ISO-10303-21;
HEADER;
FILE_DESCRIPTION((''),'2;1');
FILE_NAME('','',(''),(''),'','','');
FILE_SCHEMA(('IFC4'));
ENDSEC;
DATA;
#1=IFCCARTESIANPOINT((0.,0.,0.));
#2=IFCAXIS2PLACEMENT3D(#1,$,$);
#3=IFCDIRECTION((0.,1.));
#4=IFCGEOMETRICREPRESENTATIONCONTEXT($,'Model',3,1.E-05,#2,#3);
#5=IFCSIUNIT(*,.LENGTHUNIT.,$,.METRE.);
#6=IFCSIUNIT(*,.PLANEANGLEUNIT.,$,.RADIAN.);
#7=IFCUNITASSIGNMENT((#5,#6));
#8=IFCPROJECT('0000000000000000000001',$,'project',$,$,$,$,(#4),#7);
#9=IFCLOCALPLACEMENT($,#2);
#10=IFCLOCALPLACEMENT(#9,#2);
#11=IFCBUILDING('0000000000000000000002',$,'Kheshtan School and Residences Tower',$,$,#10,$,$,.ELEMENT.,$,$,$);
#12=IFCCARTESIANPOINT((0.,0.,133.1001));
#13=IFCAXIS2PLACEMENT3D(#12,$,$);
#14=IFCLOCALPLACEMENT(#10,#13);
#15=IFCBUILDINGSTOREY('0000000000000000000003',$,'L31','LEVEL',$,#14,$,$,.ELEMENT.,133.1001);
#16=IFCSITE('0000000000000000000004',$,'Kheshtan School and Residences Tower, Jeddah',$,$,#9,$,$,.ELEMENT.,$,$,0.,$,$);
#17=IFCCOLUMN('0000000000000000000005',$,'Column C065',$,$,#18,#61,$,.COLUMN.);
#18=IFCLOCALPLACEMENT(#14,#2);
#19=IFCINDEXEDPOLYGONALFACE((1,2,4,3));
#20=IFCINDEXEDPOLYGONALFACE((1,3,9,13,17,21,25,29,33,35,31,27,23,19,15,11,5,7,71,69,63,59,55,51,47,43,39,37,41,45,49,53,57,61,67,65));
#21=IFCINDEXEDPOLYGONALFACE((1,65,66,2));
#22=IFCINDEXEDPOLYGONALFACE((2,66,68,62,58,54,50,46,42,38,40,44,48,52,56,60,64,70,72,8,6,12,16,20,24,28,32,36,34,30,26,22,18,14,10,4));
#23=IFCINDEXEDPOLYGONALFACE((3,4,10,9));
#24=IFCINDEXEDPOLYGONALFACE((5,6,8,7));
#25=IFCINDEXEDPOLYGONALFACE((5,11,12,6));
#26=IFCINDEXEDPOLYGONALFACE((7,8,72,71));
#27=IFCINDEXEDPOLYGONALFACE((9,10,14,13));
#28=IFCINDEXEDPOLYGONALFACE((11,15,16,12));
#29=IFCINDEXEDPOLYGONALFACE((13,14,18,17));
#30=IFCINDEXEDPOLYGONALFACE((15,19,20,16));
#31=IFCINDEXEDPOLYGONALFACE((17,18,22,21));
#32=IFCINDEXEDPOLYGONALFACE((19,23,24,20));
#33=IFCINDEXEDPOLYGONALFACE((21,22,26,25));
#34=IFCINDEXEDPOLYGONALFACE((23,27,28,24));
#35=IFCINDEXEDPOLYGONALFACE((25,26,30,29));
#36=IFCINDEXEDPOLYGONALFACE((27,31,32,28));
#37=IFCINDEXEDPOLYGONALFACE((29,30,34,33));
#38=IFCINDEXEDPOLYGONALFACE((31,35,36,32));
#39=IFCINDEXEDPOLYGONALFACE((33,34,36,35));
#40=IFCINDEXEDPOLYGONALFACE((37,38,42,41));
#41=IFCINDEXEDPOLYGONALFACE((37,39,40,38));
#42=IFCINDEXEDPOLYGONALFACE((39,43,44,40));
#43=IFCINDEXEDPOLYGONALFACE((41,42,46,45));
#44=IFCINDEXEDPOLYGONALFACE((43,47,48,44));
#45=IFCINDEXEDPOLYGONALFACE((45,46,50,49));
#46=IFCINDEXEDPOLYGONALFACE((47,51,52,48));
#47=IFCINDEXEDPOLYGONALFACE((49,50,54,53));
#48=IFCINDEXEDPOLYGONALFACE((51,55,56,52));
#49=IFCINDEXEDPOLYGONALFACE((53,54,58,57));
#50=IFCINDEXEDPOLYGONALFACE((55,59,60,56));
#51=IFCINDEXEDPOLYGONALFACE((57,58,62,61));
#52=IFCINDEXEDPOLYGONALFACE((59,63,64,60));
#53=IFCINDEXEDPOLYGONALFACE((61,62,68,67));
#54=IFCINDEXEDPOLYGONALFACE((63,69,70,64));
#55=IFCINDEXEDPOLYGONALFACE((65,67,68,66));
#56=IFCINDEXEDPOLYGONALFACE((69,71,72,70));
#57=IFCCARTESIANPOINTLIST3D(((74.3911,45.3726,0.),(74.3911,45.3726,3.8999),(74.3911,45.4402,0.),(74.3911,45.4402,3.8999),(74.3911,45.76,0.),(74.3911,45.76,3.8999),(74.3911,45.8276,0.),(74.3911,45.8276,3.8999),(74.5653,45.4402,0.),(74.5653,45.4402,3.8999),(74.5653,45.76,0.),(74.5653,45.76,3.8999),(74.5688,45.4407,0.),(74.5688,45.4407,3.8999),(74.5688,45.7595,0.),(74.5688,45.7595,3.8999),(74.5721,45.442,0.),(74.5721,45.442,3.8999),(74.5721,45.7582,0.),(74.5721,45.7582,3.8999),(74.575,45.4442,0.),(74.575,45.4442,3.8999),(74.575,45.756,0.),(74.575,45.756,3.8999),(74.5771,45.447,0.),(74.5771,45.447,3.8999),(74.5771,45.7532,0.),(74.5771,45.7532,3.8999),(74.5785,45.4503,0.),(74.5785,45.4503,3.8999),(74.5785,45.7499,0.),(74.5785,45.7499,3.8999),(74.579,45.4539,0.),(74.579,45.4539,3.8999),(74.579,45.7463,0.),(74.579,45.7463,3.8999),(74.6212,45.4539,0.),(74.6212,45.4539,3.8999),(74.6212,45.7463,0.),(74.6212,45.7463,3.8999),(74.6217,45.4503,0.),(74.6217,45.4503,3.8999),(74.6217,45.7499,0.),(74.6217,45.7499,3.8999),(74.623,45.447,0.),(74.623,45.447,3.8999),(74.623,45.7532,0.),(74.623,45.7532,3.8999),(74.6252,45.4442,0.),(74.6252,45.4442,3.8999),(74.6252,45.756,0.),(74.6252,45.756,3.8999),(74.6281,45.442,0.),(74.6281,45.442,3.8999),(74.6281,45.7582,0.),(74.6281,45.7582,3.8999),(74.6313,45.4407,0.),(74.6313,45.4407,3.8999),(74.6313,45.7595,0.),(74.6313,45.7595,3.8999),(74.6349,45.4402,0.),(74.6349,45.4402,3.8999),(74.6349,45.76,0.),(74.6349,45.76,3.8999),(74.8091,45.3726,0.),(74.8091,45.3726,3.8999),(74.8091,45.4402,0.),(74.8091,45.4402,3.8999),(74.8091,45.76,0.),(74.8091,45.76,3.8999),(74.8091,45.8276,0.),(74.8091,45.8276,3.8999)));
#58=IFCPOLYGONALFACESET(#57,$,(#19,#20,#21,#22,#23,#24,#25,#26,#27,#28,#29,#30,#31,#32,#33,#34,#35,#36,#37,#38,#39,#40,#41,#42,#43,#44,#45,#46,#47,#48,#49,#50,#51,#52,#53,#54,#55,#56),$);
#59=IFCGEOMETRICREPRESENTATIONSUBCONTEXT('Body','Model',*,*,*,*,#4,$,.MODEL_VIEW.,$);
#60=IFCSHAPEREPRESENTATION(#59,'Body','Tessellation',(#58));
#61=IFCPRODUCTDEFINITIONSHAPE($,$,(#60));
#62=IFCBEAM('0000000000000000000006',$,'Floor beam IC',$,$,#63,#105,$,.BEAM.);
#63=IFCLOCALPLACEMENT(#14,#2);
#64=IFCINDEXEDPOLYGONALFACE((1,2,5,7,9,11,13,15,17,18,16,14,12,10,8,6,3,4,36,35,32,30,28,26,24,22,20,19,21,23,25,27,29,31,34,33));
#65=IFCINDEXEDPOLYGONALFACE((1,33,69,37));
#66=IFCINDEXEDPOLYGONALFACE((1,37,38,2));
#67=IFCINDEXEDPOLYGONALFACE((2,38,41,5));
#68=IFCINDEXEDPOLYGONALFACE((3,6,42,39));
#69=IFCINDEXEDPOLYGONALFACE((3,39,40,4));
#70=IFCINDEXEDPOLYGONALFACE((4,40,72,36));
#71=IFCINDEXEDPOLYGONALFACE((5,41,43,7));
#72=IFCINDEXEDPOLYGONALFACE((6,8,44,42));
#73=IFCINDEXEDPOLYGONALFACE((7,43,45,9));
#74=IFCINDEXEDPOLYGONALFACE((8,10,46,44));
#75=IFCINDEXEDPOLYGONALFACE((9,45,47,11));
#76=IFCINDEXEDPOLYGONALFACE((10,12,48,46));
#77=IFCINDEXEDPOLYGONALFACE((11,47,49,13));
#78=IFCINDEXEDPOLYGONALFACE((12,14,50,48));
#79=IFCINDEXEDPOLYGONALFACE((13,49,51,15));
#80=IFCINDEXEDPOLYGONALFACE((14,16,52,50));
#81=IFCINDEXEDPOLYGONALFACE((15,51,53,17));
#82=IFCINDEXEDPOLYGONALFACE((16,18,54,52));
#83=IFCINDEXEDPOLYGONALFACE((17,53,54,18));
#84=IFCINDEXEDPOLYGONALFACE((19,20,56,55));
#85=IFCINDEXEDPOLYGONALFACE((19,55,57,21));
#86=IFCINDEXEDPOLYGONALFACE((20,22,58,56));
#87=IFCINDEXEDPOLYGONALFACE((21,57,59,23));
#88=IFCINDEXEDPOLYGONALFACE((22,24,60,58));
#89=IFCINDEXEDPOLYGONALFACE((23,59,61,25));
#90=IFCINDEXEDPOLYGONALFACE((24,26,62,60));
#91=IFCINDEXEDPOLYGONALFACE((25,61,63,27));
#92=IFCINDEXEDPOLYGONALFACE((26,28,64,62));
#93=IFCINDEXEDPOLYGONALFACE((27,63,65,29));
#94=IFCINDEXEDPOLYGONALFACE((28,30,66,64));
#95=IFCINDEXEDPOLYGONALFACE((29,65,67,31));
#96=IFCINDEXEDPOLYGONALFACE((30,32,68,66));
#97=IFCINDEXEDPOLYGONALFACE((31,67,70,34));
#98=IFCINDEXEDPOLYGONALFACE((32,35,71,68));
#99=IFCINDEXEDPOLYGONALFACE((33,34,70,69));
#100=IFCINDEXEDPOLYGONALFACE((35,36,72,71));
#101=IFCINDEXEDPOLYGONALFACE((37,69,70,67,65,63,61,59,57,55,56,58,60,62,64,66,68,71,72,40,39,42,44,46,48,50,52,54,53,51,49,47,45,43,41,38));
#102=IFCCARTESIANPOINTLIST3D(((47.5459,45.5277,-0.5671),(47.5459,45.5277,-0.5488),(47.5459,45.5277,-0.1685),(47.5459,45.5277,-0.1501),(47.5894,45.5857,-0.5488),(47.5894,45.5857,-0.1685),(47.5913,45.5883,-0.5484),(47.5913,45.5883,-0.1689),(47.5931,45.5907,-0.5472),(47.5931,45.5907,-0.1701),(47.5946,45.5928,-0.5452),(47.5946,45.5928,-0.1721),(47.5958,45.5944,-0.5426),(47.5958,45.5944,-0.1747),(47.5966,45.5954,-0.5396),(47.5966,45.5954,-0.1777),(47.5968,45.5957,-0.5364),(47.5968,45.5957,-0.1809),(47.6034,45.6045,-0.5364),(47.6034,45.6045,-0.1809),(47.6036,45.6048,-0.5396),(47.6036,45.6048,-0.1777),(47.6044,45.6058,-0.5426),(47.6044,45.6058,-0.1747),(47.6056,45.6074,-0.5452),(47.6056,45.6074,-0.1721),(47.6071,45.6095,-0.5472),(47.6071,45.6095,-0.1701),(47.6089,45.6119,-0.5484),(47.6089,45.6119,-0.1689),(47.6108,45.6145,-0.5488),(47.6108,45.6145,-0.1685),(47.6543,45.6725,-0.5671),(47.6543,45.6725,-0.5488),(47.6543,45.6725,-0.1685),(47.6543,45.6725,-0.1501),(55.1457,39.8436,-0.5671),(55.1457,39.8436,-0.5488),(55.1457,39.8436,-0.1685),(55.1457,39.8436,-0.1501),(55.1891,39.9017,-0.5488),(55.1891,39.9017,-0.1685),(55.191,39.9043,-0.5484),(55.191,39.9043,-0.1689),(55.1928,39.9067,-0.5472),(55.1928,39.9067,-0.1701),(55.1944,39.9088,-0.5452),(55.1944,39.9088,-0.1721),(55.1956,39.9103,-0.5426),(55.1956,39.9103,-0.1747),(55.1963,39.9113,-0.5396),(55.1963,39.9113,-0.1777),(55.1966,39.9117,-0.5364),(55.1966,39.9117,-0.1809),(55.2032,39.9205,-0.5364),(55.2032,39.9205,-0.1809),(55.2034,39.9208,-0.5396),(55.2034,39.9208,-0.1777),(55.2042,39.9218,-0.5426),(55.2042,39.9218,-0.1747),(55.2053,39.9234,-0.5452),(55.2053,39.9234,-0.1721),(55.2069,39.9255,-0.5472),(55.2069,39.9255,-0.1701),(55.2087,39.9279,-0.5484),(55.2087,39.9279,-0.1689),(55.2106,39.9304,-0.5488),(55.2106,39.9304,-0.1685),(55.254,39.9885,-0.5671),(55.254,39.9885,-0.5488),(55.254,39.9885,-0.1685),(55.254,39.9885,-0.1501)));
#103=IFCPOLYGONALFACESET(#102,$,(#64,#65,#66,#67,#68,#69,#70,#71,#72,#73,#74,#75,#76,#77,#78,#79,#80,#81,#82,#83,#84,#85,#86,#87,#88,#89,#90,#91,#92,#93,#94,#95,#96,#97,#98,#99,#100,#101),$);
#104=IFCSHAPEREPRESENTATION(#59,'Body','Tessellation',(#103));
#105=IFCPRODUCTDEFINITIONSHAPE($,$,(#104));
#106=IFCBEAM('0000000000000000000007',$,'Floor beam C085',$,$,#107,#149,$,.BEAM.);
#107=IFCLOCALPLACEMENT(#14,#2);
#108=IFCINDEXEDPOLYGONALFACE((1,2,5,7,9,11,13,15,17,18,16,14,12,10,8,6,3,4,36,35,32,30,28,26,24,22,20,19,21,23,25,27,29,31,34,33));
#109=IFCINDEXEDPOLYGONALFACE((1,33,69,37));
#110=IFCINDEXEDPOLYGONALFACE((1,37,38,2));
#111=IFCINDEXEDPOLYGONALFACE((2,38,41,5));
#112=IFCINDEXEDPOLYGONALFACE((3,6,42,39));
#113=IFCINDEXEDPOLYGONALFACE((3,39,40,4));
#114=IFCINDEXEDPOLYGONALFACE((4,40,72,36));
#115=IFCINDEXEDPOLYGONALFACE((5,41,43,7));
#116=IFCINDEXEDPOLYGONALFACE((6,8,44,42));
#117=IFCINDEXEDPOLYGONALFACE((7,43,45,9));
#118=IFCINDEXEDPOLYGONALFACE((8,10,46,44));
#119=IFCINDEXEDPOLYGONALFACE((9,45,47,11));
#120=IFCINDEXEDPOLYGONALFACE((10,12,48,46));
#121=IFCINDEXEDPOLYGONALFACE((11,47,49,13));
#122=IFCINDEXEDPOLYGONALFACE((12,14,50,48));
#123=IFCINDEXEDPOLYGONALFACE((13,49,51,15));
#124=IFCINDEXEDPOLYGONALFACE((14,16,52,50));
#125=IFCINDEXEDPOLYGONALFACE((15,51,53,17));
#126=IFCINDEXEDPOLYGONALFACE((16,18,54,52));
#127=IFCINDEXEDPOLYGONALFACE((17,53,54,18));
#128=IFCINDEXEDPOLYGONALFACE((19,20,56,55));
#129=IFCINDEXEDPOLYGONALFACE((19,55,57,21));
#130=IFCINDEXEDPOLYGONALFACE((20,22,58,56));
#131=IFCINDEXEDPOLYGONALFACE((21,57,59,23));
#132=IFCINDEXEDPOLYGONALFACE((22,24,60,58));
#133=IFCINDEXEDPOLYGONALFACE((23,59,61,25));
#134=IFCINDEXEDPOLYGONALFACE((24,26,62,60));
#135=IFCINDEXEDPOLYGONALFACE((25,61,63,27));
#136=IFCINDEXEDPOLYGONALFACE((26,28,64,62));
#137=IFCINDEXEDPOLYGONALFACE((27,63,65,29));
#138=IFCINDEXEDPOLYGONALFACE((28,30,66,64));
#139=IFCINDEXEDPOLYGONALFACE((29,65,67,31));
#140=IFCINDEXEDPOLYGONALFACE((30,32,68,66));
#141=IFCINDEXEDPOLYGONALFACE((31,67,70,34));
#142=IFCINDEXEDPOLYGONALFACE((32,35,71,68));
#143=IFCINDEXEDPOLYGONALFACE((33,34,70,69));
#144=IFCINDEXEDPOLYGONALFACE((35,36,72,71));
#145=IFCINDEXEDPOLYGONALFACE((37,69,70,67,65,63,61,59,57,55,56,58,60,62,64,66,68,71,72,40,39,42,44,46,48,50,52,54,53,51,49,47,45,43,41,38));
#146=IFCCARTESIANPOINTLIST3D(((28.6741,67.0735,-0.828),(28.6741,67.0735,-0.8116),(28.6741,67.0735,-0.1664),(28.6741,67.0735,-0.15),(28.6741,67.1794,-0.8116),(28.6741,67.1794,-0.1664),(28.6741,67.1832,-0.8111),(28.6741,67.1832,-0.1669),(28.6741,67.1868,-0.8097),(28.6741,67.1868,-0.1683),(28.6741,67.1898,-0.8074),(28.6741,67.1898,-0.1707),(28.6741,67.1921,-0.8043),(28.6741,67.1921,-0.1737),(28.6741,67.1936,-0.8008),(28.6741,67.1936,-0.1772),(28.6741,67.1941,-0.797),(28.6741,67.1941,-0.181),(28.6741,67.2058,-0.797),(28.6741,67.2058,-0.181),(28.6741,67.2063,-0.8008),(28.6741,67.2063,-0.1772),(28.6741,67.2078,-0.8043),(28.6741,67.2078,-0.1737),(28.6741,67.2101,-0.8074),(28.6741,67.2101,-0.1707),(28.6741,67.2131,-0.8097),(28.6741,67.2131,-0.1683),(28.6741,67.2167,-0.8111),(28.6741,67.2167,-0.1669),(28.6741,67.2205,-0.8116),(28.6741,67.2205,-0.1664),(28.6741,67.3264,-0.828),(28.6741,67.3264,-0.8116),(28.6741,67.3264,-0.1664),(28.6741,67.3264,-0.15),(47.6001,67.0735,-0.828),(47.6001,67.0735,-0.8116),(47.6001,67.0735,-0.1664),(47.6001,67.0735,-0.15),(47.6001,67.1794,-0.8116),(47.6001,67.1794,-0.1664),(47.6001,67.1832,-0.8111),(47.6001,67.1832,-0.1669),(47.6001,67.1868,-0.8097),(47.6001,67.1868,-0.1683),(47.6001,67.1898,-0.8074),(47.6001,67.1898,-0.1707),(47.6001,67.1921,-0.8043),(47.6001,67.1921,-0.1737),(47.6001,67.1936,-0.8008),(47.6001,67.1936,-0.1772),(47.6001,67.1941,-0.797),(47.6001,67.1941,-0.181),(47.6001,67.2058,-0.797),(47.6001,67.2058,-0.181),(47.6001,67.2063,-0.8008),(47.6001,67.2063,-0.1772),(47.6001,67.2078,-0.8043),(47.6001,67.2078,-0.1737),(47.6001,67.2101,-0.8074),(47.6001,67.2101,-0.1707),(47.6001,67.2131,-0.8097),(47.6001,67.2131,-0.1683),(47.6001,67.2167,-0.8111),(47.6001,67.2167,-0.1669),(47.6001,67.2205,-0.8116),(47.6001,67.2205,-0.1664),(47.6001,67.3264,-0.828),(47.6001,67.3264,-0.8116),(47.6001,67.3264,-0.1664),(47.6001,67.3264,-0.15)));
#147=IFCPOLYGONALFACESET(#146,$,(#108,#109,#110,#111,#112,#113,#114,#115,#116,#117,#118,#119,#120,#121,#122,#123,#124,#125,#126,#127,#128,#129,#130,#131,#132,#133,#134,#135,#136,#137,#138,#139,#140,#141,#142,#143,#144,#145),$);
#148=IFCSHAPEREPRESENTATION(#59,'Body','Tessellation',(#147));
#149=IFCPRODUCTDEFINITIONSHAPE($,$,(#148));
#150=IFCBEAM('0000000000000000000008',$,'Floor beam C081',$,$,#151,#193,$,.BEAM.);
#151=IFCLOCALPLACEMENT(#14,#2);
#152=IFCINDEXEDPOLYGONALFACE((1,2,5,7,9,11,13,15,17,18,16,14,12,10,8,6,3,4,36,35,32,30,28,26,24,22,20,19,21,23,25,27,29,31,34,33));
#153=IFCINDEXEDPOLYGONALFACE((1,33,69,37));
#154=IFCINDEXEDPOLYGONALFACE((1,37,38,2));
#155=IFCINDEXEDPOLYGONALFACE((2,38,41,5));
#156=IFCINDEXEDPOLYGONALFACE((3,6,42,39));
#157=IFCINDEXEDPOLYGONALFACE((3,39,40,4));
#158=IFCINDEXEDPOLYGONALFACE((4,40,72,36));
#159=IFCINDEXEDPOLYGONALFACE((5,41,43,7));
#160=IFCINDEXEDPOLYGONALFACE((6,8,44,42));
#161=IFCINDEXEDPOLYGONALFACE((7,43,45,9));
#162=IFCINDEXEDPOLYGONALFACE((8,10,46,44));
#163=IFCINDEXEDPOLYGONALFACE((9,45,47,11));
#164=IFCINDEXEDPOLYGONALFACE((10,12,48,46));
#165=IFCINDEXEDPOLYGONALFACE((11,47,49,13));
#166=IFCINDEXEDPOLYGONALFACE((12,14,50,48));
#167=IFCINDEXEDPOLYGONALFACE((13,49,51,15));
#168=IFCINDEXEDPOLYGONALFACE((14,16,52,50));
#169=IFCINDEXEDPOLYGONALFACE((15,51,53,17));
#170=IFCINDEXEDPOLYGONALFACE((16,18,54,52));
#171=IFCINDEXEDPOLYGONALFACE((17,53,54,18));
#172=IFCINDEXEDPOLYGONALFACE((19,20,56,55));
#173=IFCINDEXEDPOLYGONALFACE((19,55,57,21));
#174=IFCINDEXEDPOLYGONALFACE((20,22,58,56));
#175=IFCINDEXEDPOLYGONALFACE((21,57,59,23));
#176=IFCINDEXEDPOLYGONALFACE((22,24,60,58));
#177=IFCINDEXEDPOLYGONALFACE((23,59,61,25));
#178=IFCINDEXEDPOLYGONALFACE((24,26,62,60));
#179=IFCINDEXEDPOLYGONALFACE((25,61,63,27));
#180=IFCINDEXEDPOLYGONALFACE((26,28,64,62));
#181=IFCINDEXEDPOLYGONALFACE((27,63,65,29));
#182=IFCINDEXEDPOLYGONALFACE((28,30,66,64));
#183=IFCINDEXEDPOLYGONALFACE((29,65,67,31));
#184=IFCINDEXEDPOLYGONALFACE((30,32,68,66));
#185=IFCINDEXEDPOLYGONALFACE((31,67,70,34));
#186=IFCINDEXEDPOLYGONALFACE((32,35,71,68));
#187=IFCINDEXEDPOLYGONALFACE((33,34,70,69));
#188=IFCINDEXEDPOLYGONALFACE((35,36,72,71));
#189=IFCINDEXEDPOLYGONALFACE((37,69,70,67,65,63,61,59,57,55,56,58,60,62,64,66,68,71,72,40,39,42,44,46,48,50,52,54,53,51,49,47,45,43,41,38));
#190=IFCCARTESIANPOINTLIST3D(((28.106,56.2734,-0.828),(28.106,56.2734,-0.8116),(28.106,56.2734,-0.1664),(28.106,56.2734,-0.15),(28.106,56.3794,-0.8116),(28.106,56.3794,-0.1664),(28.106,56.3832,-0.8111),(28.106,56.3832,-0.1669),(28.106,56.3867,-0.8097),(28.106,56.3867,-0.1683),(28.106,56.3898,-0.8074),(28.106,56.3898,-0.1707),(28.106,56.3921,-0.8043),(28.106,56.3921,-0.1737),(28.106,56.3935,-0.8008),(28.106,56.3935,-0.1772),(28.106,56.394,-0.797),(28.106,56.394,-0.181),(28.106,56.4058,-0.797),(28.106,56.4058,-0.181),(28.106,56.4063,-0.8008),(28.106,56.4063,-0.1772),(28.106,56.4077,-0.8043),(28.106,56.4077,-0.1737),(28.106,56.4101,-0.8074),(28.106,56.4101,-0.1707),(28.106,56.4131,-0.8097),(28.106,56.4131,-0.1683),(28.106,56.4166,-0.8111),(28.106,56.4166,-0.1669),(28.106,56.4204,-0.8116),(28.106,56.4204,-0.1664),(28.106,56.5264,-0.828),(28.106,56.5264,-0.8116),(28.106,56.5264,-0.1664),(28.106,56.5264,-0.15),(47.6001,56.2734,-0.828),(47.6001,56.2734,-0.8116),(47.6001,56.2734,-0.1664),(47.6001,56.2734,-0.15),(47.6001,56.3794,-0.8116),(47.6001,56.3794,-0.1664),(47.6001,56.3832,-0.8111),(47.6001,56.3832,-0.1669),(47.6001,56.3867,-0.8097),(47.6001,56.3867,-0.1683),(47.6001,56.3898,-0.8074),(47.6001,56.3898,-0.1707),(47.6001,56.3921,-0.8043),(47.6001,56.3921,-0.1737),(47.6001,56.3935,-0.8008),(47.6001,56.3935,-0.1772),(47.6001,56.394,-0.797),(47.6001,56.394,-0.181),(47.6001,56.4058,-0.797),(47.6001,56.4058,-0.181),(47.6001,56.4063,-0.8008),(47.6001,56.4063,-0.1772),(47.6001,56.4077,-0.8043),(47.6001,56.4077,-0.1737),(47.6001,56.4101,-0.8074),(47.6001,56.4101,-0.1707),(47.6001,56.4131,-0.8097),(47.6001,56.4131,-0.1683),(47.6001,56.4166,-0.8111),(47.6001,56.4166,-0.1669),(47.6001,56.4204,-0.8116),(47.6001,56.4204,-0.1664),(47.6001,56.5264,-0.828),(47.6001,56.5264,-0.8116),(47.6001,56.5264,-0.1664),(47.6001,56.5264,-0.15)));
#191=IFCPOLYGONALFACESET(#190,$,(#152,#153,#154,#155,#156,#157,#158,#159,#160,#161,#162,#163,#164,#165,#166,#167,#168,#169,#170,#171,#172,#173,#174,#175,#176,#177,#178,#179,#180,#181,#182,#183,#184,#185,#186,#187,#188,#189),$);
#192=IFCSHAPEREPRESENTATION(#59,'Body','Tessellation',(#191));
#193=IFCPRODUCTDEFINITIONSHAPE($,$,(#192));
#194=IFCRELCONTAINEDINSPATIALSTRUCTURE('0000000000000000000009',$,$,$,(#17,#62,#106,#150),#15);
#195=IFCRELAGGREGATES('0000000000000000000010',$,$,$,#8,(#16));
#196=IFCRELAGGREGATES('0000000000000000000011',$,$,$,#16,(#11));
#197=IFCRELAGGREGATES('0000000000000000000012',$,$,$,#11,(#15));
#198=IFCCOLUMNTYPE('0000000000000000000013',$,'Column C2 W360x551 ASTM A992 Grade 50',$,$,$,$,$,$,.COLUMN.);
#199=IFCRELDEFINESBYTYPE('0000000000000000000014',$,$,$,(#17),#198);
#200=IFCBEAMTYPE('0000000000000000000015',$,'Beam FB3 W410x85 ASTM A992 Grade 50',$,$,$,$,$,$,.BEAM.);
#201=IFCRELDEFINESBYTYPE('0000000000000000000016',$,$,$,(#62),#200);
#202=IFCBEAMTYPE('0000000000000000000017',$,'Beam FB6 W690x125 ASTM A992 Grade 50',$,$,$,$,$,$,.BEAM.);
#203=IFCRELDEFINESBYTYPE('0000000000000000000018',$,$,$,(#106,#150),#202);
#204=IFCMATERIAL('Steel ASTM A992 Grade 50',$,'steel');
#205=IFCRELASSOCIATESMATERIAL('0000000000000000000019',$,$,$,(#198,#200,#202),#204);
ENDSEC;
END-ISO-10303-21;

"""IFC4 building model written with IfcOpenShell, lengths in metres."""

from ifc_helpers import new_model, si_unit, direction, frame, origin, origin_2d, place, context, subcontext, project, spatial, i_section, extrude, material, material_profile, profile_set, type_object, element, save


model = new_model("IFC4")

# Units and contexts
model_context = context("Model", 3, precision=1e-05, world=origin(), true_north=direction((0.0, 1.0)))
body_context = subcontext(model_context, "Body", "Model", "MODEL_VIEW")
ifc_project = project(units=[si_unit("LENGTHUNIT", "METRE"), si_unit("PLANEANGLEUNIT", "RADIAN")], contexts=[model_context])

# Site, building, storey
site_placement = place(None, origin())
site = spatial("IfcSite", under=ifc_project, at=site_placement, Name="Kheshtan School and Residences Tower, Jeddah", CompositionType="ELEMENT", RefElevation=0.0)
building_placement = place(site_placement, origin())
building = spatial("IfcBuilding", under=site, at=building_placement, Name="Kheshtan School and Residences Tower", CompositionType="ELEMENT")
storey_placement = place(building_placement, frame((0.0, 0.0, 133.1001)))
storey = spatial("IfcBuildingStorey", under=building, at=storey_placement, Name="L31", Description="LEVEL", CompositionType="ELEMENT", Elevation=133.1001)

# Column
ifc_material_1 = material(Name="Steel ASTM A992 Grade 50", Category="steel")
ifc_material_profile_1 = material_profile(ifc_material_1, i_section(OverallWidth=0.418, OverallDepth=0.4551, WebThickness=0.0422, FlangeThickness=0.0676, FilletRadius=0.0137, at=origin_2d()), Name="W360x551")
ifc_profile_set_1 = profile_set([ifc_material_profile_1], Name="Steel ASTM A992 Grade 50")
column_type = type_object("IfcColumnType", Name="Column C2 W360x551 ASTM A992 Grade 50", PredefinedType="COLUMN", material=ifc_profile_set_1)
for number, where, z_axis, x_axis, name in (
    (1, (74.6001, 45.6001, 0.0), (0.0, 0.0, 1.0), (1.0, 0.0, 0.0), "Column C065"),
):
    element("IfcColumn", number, at=place(storey_placement, frame(where, z_axis=z_axis, x_axis=x_axis)), inside=storey, type_object=column_type, Name=name, PredefinedType="COLUMN", context=body_context, shape_type="SweptSolid", body=[
        extrude(i_section(OverallWidth=0.418, OverallDepth=0.4551, WebThickness=0.0422, FlangeThickness=0.0676, FilletRadius=0.0137, at=origin_2d()), origin(), (0.0, 0.0, 1.0), 3.8999),
    ])

# Beams
ifc_material_profile_2 = material_profile(ifc_material_1, i_section(OverallWidth=0.1809, OverallDepth=0.417, WebThickness=0.011, FlangeThickness=0.0183, FilletRadius=0.0125, at=origin_2d()), Name="W410x85")
ifc_profile_set_2 = profile_set([ifc_material_profile_2], Name="Steel ASTM A992 Grade 50")
beam_type_1 = type_object("IfcBeamType", Name="Beam FB3 W410x85 ASTM A992 Grade 50", PredefinedType="BEAM", material=ifc_profile_set_2)
beam_1_placement = place(storey_placement, frame((47.6001, 45.6001, -0.3586), z_axis=(0.800799, -0.598933, 0.0), x_axis=(0.598933, 0.800799, 0.0)))
element("IfcBeam", 2, at=beam_1_placement, inside=storey, type_object=beam_type_1, Name="Floor beam IC", PredefinedType="BEAM", context=body_context, shape_type="SweptSolid", body=[
    extrude(i_section(OverallWidth=0.1809, OverallDepth=0.417, WebThickness=0.011, FlangeThickness=0.0183, FilletRadius=0.0125, at=origin_2d()), origin(), (0.0, 0.0, 1.0), 9.4902),
])
ifc_material_profile_3 = material_profile(ifc_material_1, i_section(OverallWidth=0.2529, OverallDepth=0.678, WebThickness=0.0117, FlangeThickness=0.0164, FilletRadius=0.0146, at=origin_2d()), Name="W690x125")
ifc_profile_set_3 = profile_set([ifc_material_profile_3], Name="Steel ASTM A992 Grade 50")
beam_type_2 = type_object("IfcBeamType", Name="Beam FB6 W690x125 ASTM A992 Grade 50", PredefinedType="BEAM", material=ifc_profile_set_3)
beam_2_placement = place(storey_placement, frame((47.6001, 67.2, -0.489), z_axis=(-1.0, 0.0, 0.0), x_axis=(0.0, -1.0, 0.0)))
element("IfcBeam", 3, at=beam_2_placement, inside=storey, type_object=beam_type_2, Name="Floor beam C085", PredefinedType="BEAM", context=body_context, shape_type="SweptSolid", body=[
    extrude(i_section(OverallWidth=0.2529, OverallDepth=0.678, WebThickness=0.0117, FlangeThickness=0.0164, FilletRadius=0.0146, at=origin_2d()), origin(), (0.0, 0.0, 1.0), 18.926),
])
beam_3_placement = place(storey_placement, frame((47.6001, 56.3999, -0.489), z_axis=(-1.0, 0.0, 0.0), x_axis=(0.0, -1.0, 0.0)))
element("IfcBeam", 4, at=beam_3_placement, inside=storey, type_object=beam_type_2, Name="Floor beam C081", PredefinedType="BEAM", context=body_context, shape_type="SweptSolid", body=[
    extrude(i_section(OverallWidth=0.2529, OverallDepth=0.678, WebThickness=0.0117, FlangeThickness=0.0164, FilletRadius=0.0146, at=origin_2d()), origin(), (0.0, 0.0, 1.0), 19.4941),
])

save(model, "model.ifc")
